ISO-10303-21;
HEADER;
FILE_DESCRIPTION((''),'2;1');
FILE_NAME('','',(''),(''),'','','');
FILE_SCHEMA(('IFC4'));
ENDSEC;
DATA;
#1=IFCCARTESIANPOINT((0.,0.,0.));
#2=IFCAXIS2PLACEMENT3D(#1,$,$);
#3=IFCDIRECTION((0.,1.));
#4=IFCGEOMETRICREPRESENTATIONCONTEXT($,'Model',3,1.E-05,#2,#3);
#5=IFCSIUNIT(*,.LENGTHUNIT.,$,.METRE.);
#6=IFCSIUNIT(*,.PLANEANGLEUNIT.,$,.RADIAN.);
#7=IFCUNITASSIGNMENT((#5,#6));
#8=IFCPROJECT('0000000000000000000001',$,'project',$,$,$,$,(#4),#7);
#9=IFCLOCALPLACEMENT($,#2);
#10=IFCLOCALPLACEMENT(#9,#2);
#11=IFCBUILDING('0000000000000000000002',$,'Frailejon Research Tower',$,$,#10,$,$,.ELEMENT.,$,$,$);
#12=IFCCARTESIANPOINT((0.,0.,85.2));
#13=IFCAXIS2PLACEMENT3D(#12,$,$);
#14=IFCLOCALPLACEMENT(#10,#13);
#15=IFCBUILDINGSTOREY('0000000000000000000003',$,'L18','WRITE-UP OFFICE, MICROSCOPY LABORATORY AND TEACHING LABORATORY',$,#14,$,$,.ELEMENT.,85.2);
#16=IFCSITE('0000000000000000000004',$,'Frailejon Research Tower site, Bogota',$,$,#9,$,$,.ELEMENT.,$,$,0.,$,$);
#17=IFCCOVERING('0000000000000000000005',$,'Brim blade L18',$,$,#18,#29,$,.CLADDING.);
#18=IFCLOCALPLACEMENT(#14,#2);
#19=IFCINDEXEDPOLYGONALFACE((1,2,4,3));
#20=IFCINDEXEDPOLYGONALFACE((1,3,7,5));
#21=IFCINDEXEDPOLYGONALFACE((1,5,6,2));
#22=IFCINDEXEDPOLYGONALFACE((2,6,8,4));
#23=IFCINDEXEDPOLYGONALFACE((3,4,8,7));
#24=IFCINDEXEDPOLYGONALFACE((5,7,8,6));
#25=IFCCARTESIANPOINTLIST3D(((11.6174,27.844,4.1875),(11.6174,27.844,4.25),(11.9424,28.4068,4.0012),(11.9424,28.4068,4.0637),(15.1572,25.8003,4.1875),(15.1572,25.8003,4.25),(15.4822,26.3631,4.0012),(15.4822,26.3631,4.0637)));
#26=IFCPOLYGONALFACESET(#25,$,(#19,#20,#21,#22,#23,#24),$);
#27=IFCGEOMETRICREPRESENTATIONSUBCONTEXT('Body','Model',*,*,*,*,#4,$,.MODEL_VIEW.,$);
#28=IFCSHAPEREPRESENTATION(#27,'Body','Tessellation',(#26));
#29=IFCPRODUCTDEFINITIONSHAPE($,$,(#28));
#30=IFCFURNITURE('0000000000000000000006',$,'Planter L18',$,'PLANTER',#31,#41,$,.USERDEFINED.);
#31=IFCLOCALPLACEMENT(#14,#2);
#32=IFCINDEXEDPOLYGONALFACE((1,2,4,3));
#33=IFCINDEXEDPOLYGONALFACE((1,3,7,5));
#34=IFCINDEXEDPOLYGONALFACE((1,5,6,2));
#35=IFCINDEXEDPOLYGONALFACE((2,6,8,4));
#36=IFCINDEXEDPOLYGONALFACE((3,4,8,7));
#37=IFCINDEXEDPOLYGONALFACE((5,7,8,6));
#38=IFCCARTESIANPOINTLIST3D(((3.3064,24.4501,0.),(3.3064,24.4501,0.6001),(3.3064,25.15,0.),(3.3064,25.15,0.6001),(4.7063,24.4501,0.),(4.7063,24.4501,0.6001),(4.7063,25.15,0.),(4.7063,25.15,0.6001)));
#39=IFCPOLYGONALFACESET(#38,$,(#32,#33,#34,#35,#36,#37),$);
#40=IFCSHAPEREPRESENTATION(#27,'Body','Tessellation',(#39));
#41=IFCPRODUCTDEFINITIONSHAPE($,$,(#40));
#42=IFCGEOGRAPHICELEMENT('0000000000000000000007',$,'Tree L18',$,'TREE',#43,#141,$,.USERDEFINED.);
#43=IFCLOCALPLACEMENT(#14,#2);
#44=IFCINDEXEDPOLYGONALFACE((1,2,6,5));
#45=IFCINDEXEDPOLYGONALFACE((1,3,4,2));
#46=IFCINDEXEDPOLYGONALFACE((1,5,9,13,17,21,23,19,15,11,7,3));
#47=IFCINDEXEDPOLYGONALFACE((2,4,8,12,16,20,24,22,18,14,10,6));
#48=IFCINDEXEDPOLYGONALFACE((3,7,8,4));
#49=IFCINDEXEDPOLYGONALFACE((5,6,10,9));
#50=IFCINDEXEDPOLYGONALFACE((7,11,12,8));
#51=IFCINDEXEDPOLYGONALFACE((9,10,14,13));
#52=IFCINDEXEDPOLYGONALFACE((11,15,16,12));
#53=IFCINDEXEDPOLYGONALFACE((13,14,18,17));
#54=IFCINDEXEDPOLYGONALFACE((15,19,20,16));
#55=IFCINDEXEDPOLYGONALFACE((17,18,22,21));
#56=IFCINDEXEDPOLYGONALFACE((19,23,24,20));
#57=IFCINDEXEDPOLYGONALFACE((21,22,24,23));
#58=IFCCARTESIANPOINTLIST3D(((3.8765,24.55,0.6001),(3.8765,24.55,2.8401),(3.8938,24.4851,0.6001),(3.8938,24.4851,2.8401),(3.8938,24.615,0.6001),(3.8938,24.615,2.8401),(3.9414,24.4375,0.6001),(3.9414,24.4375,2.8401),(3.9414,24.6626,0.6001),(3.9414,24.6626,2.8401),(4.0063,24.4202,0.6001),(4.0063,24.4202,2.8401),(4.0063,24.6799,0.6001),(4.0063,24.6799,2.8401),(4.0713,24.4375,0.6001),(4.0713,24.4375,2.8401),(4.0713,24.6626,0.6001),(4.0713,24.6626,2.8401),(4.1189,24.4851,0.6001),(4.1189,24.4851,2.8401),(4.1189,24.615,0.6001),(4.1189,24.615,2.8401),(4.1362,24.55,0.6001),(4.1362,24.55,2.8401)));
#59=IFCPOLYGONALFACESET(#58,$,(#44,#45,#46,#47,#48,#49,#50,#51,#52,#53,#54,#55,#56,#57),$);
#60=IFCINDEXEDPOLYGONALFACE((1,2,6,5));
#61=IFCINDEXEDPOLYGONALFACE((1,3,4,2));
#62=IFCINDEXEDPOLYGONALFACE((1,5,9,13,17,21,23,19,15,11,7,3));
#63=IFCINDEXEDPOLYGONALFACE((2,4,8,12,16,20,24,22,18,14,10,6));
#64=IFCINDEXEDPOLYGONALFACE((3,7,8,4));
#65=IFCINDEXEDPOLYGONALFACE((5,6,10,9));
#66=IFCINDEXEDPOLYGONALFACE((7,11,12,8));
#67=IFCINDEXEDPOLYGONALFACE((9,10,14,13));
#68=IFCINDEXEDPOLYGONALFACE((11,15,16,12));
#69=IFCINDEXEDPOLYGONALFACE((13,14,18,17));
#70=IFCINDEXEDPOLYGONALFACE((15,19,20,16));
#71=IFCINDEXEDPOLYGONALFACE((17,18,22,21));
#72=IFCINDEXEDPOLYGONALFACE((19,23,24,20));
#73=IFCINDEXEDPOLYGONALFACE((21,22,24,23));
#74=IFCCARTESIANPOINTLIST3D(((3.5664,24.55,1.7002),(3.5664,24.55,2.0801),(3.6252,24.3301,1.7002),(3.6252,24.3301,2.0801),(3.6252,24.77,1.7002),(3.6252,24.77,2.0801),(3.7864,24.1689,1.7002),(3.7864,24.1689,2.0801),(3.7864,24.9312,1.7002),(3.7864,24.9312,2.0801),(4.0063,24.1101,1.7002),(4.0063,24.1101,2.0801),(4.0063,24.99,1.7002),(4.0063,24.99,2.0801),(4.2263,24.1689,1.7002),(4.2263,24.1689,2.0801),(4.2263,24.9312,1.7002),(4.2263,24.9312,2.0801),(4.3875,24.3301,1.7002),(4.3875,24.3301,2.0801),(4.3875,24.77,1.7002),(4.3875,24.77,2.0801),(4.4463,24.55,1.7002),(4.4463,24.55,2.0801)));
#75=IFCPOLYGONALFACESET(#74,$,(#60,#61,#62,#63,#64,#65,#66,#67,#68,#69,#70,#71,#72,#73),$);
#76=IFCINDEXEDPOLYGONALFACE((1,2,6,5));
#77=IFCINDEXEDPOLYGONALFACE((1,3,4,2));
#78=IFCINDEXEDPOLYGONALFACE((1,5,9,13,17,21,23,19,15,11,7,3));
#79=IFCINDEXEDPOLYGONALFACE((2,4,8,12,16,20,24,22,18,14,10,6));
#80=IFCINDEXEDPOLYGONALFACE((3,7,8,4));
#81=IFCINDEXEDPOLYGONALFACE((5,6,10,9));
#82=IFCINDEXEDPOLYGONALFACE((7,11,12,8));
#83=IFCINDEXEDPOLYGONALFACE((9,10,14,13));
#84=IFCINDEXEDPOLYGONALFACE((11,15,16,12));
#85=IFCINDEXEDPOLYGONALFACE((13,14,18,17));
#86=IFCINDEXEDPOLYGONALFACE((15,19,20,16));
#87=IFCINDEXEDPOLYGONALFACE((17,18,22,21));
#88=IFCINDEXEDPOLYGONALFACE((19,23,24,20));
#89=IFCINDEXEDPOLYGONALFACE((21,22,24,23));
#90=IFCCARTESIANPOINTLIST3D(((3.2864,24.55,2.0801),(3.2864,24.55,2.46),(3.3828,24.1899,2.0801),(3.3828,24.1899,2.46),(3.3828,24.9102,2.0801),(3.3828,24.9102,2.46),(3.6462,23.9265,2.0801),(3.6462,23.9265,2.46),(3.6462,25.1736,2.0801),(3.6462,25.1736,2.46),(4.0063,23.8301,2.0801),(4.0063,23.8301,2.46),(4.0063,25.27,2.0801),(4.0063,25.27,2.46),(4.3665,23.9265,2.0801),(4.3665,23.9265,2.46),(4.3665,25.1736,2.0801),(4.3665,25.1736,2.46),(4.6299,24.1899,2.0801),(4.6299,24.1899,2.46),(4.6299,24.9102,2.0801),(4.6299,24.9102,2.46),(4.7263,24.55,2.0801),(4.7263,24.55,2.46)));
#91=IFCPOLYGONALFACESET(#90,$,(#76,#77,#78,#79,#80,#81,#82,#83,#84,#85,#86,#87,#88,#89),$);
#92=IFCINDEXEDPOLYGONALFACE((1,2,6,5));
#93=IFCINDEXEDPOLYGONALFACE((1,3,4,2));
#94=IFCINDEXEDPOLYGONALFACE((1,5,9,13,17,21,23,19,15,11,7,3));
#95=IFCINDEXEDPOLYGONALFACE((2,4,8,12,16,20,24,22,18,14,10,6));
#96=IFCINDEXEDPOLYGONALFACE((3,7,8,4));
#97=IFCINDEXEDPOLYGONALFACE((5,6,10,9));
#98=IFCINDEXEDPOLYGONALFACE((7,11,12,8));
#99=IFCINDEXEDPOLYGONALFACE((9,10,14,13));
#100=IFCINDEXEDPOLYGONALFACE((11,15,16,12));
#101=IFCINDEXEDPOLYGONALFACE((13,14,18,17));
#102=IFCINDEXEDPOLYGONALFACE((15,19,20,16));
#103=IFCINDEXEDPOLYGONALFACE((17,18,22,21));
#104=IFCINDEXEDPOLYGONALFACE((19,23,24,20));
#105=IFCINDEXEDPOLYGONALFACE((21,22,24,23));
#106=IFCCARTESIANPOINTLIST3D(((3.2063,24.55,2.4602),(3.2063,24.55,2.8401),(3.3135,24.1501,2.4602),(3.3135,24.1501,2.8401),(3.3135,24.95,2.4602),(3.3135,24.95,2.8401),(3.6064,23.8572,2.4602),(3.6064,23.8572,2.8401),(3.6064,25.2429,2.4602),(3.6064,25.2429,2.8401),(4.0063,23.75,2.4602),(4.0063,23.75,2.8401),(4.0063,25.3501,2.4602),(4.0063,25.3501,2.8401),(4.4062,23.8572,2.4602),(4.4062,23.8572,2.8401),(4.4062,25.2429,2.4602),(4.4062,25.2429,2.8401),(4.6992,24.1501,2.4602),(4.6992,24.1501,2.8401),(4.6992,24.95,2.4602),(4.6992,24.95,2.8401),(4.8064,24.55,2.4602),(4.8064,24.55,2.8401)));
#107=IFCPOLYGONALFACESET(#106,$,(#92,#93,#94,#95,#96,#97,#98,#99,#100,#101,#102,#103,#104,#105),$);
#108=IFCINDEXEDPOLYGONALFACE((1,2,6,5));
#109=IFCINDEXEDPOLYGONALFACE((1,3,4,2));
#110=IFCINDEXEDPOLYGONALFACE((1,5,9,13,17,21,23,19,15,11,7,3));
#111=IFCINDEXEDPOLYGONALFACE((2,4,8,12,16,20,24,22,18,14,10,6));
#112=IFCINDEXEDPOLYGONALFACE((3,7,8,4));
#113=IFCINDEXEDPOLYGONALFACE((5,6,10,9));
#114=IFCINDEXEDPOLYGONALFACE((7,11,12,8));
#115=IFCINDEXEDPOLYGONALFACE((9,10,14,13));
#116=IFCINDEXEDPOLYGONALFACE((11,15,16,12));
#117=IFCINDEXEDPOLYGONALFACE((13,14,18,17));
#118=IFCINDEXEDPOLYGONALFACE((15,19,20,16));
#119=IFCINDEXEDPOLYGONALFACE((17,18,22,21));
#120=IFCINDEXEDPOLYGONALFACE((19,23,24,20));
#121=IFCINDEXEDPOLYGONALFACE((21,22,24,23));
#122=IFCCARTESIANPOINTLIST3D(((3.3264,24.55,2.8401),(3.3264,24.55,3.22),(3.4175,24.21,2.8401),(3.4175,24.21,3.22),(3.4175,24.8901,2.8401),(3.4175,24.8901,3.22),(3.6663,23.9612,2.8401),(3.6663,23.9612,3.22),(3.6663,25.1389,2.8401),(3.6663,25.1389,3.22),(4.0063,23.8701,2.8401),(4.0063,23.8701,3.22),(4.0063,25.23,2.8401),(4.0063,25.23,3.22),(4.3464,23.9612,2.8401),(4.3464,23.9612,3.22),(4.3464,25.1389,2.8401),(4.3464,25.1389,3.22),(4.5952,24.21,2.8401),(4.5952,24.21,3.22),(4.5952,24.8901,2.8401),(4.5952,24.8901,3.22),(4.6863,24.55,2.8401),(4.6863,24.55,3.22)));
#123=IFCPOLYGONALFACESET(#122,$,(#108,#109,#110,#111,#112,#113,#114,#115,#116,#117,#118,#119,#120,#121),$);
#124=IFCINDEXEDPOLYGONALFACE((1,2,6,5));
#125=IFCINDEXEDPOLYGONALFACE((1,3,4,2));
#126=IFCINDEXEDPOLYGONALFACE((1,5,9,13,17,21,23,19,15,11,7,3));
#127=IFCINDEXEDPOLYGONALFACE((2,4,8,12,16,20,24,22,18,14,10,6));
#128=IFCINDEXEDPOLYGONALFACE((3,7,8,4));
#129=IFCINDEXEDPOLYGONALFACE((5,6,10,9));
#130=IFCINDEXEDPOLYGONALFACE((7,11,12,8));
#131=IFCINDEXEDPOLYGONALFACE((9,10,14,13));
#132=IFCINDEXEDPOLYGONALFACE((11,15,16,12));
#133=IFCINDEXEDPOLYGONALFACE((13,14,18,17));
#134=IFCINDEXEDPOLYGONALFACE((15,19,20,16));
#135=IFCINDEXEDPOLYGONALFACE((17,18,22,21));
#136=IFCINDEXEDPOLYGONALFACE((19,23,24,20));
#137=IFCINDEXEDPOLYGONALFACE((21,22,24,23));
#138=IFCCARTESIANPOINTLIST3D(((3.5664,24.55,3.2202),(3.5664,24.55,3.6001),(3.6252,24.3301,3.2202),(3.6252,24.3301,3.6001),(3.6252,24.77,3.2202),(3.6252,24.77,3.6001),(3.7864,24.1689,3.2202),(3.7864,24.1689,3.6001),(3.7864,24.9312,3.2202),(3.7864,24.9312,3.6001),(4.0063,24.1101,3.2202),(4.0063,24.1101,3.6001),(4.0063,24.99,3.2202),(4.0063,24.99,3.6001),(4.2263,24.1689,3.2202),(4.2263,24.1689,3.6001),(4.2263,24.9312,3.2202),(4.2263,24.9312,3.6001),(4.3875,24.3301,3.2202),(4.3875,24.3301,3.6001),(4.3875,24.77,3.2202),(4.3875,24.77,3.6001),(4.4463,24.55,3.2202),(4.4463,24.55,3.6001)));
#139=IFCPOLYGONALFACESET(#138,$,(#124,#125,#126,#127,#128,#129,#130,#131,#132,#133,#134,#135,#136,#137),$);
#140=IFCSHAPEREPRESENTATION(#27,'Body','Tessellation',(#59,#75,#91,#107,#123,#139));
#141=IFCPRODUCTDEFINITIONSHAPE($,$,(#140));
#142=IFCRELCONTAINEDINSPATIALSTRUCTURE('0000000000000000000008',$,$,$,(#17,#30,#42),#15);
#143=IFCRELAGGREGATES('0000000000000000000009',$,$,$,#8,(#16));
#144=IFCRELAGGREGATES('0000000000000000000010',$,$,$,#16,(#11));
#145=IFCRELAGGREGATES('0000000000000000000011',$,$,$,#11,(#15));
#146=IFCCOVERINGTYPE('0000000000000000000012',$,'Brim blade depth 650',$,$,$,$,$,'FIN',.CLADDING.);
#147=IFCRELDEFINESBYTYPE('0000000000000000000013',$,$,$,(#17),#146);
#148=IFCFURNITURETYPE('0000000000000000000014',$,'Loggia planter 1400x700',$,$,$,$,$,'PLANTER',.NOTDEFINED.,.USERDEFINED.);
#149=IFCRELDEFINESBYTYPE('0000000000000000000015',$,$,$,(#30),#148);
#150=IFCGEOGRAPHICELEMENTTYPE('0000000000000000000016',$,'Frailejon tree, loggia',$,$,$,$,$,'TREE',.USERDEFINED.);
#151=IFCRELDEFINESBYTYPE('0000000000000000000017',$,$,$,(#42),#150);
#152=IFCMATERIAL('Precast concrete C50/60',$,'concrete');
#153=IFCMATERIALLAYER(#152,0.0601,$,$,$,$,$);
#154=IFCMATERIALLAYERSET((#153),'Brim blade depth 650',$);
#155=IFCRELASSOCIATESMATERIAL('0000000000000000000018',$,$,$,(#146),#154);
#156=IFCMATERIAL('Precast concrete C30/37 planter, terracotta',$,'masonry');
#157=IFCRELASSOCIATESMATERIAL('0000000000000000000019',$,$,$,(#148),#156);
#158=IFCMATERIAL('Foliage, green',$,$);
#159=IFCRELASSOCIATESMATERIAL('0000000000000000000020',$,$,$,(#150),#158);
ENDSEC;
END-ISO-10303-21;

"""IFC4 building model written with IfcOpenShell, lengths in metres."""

from ifc_helpers import new_model, si_unit, direction, frame, origin, origin_2d, place, context, subcontext, project, spatial, polyline, rectangle, outline, extrude, material, layer, layer_set, type_object, element, save


model = new_model("IFC4")

# Units and contexts
model_context = context("Model", 3, precision=1e-05, world=origin(), true_north=direction((0.0, 1.0)))
body_context = subcontext(model_context, "Body", "Model", "MODEL_VIEW")
ifc_project = project(units=[si_unit("LENGTHUNIT", "METRE"), si_unit("PLANEANGLEUNIT", "RADIAN")], contexts=[model_context])

# Site, building, storey
site_placement = place(None, origin())
site = spatial("IfcSite", under=ifc_project, at=site_placement, Name="Frailejon Research Tower site, Bogota", CompositionType="ELEMENT", RefElevation=0.0)
building_placement = place(site_placement, origin())
building = spatial("IfcBuilding", under=site, at=building_placement, Name="Frailejon Research Tower", CompositionType="ELEMENT")
storey_placement = place(building_placement, frame((0.0, 0.0, 85.2)))
storey = spatial("IfcBuildingStorey", under=building, at=storey_placement, Name="L18", Description="WRITE-UP OFFICE, MICROSCOPY LABORATORY AND TEACHING LABORATORY", CompositionType="ELEMENT", Elevation=85.2)

# Covering
ifc_material_1 = material(Name="Precast concrete C50/60", Category="concrete")
ifc_layer_1 = layer(ifc_material_1, 0.0601)
ifc_layer_set_1 = layer_set([ifc_layer_1], Name="Brim blade depth 650")
covering_type_1 = type_object("IfcCoveringType", Name="Brim blade depth 650", ElementType="FIN", PredefinedType="CLADDING", material=ifc_layer_set_1)
covering_1_placement = place(storey_placement, frame((11.6174, 27.844, 4.25), z_axis=(0.866021, -0.500007, 0.0), x_axis=(0.500007, 0.866021, 0.0)))
element("IfcCovering", 1, at=covering_1_placement, inside=storey, type_object=covering_type_1, Name="Brim blade L18", PredefinedType="CLADDING", context=body_context, shape_type="SweptSolid", body=[
    extrude(outline(polyline([(0.0, -0.0625), (0.6499, -0.2488), (0.6499, -0.1863), (0.0, 0.0), (0.0, -0.0625)])), origin(), (0.0, 0.0, 1.0), 4.0874),
])

# Furniture
ifc_material_2 = material(Name="Precast concrete C30/37 planter, terracotta", Category="masonry")
furniture_type = type_object("IfcFurnitureType", Name="Loggia planter 1400x700", ElementType="PLANTER", AssemblyPlace="NOTDEFINED", PredefinedType="USERDEFINED", material=ifc_material_2)
furniture_placement = place(storey_placement, frame((4.0063, 24.8, 0.0), z_axis=(0.0, 0.0, 1.0), x_axis=(-1.0, 0.0, 0.0)))
element("IfcFurniture", 2, at=furniture_placement, inside=storey, type_object=furniture_type, Name="Planter L18", ObjectType="PLANTER", PredefinedType="USERDEFINED", context=body_context, shape_type="SweptSolid", body=[
    extrude(rectangle(XDim=1.3999, YDim=0.7, at=origin_2d()), origin(), (0.0, 0.0, 1.0), 0.6001),
])

# Geographic element
ifc_material_3 = material(Name="Foliage, green")
geographic_element_type = type_object("IfcGeographicElementType", Name="Frailejon tree, loggia", ElementType="TREE", PredefinedType="USERDEFINED", material=ifc_material_3)
geographic_element_placement = place(storey_placement, frame((4.0063, 24.55, 0.6001)))
element("IfcGeographicElement", 3, at=geographic_element_placement, inside=storey, type_object=geographic_element_type, Name="Tree L18", ObjectType="TREE", PredefinedType="USERDEFINED", context=body_context, shape_type="SweptSolid", body=[
    extrude(outline(polyline([(0.1299, 0.0), (0.1125, 0.0649), (0.0649, 0.1125), (0.0, 0.1299), (-0.0649, 0.1125), (-0.1125, 0.0649), (-0.1299, 0.0), (-0.1125, -0.0649), (-0.0649, -0.1125), (0.0, -0.1299), (0.0649, -0.1125), (0.1125, -0.0649), (0.1299, 0.0)])), origin(), (0.0, 0.0, 1.0), 2.24),
    extrude(outline(polyline([(0.4399, 0.0), (0.3811, 0.22), (0.22, 0.3811), (0.0, 0.4399), (-0.22, 0.3811), (-0.3811, 0.22), (-0.4399, 0.0), (-0.3811, -0.22), (-0.22, -0.3811), (0.0, -0.4399), (0.22, -0.3811), (0.3811, -0.22), (0.4399, 0.0)])), frame((0.0, 0.0, 1.1001)), (0.0, 0.0, 1.0), 0.3799),
    extrude(outline(polyline([(0.72, 0.0), (0.6235, 0.3601), (0.3601, 0.6235), (0.0, 0.72), (-0.3601, 0.6235), (-0.6235, 0.3601), (-0.72, 0.0), (-0.6235, -0.3601), (-0.3601, -0.6235), (0.0, -0.72), (0.3601, -0.6235), (0.6235, -0.3601), (0.72, 0.0)])), frame((0.0, 0.0, 1.48)), (0.0, 0.0, 1.0), 0.3799),
    extrude(outline(polyline([(0.8, 0.0), (0.6929, 0.3999), (0.3999, 0.6929), (0.0, 0.8), (-0.3999, 0.6929), (-0.6929, 0.3999), (-0.8, 0.0), (-0.6929, -0.3999), (-0.3999, -0.6929), (0.0, -0.8), (0.3999, -0.6929), (0.6929, -0.3999), (0.8, 0.0)])), frame((0.0, 0.0, 1.8601)), (0.0, 0.0, 1.0), 0.3799),
    extrude(outline(polyline([(0.6799, 0.0), (0.5889, 0.3401), (0.3401, 0.5889), (0.0, 0.6799), (-0.3401, 0.5889), (-0.5889, 0.3401), (-0.6799, 0.0), (-0.5889, -0.3401), (-0.3401, -0.5889), (0.0, -0.6799), (0.3401, -0.5889), (0.5889, -0.3401), (0.6799, 0.0)])), frame((0.0, 0.0, 2.24)), (0.0, 0.0, 1.0), 0.3799),
    extrude(outline(polyline([(0.4399, 0.0), (0.3811, 0.22), (0.22, 0.3811), (0.0, 0.4399), (-0.22, 0.3811), (-0.3811, 0.22), (-0.4399, 0.0), (-0.3811, -0.22), (-0.22, -0.3811), (0.0, -0.4399), (0.22, -0.3811), (0.3811, -0.22), (0.4399, 0.0)])), frame((0.0, 0.0, 2.6201)), (0.0, 0.0, 1.0), 0.3799),
])

save(model, "model.ifc")
